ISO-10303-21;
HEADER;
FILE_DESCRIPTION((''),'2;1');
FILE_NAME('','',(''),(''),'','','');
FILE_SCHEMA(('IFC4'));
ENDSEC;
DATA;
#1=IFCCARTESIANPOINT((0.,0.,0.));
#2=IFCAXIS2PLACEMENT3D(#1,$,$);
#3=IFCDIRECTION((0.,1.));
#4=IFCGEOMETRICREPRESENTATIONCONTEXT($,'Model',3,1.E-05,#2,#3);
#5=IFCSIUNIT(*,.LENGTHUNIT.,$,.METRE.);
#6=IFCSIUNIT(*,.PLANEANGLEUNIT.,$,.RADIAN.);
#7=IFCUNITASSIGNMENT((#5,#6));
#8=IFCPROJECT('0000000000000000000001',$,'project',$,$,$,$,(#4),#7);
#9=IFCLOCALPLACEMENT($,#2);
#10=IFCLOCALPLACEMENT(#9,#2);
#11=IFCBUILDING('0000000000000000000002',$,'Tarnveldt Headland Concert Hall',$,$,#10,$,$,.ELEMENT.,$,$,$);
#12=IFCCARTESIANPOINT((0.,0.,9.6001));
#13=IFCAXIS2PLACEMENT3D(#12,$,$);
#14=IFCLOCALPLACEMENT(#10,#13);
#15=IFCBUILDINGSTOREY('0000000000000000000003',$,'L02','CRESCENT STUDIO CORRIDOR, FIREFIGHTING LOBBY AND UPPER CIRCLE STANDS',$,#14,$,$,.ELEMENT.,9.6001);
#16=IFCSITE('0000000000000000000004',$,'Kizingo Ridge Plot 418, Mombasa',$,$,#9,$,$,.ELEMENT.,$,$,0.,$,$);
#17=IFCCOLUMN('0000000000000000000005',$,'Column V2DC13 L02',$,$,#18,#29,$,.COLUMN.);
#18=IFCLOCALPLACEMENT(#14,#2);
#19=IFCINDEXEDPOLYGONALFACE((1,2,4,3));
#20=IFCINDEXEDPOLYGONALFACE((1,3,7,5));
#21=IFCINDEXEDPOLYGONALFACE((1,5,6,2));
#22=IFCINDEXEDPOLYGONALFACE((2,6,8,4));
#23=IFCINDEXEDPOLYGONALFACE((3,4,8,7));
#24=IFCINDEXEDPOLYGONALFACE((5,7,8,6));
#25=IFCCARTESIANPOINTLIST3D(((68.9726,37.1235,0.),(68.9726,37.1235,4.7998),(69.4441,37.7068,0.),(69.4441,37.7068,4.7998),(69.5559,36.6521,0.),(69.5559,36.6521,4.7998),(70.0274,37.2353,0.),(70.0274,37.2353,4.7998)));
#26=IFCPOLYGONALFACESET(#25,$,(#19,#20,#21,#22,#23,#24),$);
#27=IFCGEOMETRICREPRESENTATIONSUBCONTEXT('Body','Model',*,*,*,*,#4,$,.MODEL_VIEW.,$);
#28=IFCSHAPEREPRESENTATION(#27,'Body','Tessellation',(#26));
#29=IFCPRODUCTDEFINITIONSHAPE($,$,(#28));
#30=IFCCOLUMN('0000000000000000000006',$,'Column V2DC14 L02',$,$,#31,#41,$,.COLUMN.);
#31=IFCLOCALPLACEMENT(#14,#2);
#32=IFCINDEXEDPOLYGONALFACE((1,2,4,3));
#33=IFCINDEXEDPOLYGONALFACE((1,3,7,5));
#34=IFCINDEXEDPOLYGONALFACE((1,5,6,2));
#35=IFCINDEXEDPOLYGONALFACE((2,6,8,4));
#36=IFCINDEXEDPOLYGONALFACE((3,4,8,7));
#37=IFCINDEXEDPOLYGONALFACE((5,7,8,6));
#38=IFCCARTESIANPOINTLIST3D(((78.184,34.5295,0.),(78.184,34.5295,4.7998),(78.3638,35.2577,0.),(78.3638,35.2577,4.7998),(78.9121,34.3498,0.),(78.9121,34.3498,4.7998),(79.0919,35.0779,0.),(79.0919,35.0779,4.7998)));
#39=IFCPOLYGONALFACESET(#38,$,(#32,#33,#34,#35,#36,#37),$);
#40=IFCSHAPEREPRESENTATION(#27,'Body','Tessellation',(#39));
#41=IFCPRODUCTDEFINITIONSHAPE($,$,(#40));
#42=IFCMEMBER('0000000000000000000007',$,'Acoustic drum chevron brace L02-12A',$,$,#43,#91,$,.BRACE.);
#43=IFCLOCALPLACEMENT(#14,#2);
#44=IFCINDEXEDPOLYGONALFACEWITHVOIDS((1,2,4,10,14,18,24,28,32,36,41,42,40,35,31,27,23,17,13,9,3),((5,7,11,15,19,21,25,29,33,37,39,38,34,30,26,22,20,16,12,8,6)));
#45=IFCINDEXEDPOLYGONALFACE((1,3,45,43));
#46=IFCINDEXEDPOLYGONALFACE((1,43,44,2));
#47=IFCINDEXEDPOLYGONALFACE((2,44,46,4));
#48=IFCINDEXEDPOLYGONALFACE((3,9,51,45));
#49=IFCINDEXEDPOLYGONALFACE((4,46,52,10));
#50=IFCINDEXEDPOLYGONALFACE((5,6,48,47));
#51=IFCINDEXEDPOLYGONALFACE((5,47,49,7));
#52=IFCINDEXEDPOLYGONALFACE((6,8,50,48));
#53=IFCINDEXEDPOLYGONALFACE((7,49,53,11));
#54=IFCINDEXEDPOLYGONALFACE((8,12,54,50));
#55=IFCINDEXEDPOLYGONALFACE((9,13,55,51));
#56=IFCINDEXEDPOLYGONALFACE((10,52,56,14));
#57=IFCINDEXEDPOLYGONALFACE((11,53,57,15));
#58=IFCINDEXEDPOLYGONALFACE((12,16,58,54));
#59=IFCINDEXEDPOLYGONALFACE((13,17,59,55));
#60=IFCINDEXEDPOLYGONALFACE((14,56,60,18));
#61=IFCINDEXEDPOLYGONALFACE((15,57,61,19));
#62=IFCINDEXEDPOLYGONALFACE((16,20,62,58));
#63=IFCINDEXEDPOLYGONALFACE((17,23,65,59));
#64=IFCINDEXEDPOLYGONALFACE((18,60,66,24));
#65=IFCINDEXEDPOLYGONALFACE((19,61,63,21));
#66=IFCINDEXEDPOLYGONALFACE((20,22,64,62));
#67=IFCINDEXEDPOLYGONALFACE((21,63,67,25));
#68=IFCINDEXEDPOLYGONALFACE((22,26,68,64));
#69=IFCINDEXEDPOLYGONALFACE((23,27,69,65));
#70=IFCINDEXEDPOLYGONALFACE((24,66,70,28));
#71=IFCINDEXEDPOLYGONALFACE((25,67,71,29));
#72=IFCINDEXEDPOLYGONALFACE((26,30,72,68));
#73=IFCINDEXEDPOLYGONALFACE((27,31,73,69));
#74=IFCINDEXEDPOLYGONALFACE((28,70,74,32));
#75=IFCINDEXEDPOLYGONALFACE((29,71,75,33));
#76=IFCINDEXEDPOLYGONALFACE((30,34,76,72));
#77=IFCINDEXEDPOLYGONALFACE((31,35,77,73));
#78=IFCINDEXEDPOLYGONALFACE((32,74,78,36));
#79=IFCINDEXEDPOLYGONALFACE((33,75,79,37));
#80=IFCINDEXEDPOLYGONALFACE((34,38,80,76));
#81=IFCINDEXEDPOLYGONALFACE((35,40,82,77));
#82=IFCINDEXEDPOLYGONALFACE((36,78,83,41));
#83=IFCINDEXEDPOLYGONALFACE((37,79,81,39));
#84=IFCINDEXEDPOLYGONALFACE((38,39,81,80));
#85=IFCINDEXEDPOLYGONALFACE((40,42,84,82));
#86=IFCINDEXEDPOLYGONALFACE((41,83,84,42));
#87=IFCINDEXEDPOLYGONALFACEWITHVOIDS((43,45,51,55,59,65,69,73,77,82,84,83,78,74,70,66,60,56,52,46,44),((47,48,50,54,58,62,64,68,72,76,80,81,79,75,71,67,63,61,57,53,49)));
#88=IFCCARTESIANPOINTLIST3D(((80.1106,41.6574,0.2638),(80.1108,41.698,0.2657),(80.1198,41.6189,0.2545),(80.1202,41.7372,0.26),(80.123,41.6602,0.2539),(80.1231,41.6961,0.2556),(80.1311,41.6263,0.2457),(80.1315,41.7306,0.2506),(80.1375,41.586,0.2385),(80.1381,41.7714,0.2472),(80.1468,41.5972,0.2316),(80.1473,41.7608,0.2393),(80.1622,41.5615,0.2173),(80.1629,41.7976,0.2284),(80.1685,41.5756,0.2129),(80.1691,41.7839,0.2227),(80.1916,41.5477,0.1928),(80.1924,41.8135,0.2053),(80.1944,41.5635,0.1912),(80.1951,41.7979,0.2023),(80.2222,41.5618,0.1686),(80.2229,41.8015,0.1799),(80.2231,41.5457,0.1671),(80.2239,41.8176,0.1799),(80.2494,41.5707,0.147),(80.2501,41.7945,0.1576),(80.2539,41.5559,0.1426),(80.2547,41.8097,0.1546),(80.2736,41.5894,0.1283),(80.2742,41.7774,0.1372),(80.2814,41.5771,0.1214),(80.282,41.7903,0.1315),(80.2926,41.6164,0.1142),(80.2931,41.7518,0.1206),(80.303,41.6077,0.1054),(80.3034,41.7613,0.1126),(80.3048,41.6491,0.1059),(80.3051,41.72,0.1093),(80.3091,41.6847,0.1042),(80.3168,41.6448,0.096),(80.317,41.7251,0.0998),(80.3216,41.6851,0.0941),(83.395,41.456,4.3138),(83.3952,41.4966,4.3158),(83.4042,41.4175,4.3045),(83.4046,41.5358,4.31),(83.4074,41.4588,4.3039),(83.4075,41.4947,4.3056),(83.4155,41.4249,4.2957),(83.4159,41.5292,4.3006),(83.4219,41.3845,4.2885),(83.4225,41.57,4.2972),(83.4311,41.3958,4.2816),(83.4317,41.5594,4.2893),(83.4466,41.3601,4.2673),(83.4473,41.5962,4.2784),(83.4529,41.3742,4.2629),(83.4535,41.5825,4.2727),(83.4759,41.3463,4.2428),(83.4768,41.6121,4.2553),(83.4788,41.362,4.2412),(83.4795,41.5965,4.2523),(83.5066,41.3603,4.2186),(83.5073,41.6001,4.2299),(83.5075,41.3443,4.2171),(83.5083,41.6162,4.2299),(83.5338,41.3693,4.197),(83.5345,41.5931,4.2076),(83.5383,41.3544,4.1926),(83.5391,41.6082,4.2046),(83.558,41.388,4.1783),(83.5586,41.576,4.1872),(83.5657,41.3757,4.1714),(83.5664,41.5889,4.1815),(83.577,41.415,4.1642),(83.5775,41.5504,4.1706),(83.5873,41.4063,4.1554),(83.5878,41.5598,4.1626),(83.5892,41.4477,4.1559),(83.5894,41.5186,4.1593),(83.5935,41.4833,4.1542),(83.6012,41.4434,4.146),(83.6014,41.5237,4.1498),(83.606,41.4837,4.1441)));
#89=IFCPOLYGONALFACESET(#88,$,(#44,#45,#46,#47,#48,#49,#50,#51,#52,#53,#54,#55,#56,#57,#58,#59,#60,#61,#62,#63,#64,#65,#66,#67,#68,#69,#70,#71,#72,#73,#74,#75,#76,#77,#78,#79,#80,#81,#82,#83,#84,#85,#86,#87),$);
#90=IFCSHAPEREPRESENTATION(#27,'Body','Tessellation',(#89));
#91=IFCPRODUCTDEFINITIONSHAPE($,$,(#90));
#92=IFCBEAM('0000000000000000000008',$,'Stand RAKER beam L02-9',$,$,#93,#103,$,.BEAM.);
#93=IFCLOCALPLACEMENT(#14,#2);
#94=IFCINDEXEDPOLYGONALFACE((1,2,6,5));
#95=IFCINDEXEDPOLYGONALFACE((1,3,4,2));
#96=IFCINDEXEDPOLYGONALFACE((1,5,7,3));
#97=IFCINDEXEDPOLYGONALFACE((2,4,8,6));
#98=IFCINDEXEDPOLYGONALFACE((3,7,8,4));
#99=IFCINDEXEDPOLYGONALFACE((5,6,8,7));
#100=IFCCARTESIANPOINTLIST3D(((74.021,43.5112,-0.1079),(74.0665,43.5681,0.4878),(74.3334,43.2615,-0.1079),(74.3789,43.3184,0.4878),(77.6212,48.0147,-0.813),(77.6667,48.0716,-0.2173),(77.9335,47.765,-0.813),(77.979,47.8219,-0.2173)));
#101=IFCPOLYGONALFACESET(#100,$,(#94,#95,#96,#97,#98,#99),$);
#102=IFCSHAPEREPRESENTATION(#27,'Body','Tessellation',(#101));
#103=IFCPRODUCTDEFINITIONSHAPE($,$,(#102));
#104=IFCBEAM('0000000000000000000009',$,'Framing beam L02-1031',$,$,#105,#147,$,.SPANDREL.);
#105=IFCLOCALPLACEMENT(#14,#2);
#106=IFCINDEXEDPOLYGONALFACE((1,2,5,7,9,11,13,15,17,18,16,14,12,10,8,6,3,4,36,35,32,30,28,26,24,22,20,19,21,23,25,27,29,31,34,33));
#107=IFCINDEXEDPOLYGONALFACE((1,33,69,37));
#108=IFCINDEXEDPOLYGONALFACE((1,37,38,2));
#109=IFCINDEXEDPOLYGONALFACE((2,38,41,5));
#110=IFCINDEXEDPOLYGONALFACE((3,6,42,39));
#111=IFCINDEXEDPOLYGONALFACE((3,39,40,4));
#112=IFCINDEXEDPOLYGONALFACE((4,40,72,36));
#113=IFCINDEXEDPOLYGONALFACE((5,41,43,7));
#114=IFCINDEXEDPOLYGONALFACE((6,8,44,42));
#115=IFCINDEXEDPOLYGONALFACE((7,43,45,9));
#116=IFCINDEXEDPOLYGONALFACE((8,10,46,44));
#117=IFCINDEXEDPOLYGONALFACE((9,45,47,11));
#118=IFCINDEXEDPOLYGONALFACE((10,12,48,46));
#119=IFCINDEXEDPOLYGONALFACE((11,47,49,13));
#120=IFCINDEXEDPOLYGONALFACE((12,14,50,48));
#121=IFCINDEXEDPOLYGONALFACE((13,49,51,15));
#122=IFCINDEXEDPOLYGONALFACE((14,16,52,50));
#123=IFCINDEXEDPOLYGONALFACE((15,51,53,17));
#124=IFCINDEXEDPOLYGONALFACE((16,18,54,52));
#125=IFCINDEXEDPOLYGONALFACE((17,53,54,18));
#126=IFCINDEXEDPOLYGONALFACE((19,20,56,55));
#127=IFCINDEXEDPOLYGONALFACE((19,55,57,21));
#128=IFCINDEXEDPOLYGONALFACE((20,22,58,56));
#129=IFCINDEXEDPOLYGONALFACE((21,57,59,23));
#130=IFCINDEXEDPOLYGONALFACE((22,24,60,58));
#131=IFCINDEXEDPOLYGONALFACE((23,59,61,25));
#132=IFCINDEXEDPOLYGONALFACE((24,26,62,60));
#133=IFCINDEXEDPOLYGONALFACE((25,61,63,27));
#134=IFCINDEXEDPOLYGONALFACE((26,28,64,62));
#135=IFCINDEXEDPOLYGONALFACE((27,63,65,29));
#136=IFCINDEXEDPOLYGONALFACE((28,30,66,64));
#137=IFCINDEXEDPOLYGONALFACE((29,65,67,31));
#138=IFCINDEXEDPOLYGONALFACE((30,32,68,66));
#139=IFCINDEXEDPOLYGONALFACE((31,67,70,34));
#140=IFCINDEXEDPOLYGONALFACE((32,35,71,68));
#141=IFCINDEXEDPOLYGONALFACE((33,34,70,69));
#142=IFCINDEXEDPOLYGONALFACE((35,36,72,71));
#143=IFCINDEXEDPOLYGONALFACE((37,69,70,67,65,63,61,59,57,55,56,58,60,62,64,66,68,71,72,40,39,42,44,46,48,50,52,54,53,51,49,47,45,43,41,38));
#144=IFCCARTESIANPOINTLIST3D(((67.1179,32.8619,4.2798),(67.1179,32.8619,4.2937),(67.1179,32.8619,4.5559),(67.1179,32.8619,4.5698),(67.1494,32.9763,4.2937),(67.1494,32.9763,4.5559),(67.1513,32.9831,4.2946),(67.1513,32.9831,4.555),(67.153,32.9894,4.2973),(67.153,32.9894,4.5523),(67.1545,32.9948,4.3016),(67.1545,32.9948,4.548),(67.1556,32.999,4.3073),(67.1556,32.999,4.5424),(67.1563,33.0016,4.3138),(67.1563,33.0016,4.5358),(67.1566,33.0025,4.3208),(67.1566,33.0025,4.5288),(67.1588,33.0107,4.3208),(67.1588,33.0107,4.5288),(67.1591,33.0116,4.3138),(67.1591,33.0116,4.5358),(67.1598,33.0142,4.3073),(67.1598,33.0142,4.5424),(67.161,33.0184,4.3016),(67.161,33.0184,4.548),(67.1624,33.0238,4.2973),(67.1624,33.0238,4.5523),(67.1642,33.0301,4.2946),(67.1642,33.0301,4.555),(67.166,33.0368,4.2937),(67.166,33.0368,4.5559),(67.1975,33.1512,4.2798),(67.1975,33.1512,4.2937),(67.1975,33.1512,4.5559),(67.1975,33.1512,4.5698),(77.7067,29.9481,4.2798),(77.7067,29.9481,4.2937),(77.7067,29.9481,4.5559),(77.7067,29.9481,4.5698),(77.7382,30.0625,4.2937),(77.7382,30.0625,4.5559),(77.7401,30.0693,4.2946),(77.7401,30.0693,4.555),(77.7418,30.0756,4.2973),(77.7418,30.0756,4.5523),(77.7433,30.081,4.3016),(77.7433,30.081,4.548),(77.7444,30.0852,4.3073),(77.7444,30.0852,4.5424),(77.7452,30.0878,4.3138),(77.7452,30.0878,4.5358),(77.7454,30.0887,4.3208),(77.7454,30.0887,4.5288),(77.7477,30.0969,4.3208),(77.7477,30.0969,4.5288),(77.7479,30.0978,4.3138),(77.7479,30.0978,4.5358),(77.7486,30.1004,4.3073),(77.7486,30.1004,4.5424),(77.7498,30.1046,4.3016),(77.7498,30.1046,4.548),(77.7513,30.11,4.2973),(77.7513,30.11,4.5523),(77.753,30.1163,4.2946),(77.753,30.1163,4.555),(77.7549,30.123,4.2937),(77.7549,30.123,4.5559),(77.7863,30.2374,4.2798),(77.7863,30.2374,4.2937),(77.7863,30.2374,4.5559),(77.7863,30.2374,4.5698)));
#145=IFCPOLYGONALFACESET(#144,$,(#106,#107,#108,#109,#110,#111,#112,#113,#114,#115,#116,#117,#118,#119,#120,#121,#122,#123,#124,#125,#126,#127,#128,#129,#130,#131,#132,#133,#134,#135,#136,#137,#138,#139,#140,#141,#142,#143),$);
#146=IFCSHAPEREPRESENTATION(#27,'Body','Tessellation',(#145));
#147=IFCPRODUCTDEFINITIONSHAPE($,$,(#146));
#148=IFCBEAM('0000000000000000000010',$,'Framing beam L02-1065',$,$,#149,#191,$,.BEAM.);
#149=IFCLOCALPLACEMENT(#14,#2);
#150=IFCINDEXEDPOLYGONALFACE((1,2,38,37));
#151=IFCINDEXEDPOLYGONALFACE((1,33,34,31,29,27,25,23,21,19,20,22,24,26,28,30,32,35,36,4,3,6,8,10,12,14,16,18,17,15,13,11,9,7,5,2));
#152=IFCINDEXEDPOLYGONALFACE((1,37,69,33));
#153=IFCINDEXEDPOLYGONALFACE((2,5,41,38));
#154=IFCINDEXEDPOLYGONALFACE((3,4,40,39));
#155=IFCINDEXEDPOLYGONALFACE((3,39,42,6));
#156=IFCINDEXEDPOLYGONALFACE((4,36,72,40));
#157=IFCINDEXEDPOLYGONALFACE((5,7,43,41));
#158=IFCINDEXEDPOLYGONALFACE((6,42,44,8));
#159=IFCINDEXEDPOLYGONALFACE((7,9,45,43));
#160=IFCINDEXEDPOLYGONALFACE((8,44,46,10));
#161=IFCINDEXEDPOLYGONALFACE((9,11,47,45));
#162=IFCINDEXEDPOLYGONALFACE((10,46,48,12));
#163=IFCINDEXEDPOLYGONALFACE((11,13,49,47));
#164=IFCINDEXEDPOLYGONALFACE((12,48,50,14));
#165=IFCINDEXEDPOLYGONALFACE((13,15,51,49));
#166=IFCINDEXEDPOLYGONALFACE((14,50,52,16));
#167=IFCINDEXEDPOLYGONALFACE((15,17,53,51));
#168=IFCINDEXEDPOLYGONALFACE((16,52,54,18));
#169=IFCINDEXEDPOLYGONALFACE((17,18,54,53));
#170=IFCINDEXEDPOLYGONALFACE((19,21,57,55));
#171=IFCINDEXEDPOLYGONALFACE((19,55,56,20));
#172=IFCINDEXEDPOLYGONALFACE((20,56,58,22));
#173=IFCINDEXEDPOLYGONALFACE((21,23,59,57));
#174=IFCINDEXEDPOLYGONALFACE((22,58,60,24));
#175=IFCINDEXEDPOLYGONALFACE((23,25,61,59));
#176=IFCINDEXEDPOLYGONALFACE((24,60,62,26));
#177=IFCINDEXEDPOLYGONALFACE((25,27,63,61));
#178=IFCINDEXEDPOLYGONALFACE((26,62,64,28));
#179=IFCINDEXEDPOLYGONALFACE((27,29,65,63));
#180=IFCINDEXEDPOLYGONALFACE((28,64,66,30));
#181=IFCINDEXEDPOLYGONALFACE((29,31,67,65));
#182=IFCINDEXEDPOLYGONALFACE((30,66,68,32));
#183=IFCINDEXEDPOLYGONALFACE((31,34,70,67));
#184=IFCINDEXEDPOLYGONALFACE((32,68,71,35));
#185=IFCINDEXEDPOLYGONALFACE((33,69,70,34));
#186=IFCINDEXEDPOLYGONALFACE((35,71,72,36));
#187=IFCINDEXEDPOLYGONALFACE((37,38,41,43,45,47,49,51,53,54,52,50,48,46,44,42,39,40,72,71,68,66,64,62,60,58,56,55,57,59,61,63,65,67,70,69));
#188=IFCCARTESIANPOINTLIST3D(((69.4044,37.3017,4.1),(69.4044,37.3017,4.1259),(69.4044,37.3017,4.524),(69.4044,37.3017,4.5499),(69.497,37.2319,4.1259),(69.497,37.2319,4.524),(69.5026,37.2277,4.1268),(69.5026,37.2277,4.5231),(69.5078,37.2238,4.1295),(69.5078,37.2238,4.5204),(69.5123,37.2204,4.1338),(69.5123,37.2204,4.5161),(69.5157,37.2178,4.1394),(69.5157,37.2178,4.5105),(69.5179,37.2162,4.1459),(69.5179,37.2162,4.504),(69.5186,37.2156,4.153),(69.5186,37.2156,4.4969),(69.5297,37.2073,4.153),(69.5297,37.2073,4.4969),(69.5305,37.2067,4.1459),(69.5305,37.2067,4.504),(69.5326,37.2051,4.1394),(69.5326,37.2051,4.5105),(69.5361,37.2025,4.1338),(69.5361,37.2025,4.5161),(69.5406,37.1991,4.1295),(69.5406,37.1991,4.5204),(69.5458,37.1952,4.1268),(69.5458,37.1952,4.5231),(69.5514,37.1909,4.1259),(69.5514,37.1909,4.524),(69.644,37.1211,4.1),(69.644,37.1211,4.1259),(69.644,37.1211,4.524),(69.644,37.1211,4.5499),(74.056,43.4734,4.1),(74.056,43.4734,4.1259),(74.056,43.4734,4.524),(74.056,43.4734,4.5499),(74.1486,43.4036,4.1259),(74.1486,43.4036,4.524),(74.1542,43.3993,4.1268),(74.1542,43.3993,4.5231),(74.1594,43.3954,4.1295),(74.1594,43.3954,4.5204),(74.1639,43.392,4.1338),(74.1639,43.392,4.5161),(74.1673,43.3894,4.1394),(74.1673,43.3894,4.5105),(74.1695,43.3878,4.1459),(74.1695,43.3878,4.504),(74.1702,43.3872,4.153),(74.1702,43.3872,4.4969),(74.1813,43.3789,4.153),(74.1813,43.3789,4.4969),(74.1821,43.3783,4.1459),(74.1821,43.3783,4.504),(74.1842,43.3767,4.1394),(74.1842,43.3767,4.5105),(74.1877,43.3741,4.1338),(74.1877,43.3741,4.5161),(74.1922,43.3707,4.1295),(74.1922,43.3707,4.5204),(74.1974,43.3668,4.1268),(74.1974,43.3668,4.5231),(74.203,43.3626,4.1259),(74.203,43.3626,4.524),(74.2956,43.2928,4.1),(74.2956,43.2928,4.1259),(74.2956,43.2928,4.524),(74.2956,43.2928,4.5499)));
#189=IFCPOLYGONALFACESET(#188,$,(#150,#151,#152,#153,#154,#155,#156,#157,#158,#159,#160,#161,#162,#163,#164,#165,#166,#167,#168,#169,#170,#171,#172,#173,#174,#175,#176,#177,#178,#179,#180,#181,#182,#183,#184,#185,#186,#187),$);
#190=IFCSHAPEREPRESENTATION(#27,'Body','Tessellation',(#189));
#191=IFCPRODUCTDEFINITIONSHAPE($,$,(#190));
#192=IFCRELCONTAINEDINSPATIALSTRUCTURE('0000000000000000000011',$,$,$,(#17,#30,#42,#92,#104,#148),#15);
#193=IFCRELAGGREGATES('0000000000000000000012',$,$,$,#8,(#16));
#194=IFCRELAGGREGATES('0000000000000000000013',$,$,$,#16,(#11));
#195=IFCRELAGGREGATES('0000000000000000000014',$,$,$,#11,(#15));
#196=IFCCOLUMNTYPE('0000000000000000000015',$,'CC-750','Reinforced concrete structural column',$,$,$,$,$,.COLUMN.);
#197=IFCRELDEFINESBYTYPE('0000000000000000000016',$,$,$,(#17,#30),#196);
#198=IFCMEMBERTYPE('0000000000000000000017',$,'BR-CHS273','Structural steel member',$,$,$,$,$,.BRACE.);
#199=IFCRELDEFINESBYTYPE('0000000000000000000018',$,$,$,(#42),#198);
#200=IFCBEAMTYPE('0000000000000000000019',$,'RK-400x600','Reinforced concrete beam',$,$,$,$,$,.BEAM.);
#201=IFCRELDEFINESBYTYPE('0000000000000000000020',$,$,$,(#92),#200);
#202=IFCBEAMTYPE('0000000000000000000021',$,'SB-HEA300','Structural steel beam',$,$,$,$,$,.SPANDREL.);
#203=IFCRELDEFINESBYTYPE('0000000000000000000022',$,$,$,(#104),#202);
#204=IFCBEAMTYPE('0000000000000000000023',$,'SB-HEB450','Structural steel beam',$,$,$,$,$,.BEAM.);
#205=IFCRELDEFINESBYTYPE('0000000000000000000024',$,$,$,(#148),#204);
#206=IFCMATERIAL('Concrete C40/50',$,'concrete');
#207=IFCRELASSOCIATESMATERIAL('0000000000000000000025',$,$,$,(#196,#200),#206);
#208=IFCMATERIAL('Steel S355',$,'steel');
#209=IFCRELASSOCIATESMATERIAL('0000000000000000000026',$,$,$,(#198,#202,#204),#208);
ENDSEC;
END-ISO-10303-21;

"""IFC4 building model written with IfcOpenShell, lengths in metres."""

from ifc_helpers import new_model, si_unit, direction, frame, origin, origin_2d, place, context, subcontext, project, spatial, rectangle, hollow_circle, i_section, extrude, material, material_profile, profile_set, type_object, element, save


model = new_model("IFC4")

# Units and contexts
model_context = context("Model", 3, precision=1e-05, world=origin(), true_north=direction((0.0, 1.0)))
body_context = subcontext(model_context, "Body", "Model", "MODEL_VIEW")
ifc_project = project(units=[si_unit("LENGTHUNIT", "METRE"), si_unit("PLANEANGLEUNIT", "RADIAN")], contexts=[model_context])

# Site, building, storey
site_placement = place(None, origin())
site = spatial("IfcSite", under=ifc_project, at=site_placement, Name="Kizingo Ridge Plot 418, Mombasa", CompositionType="ELEMENT", RefElevation=0.0)
building_placement = place(site_placement, origin())
building = spatial("IfcBuilding", under=site, at=building_placement, Name="Tarnveldt Headland Concert Hall", CompositionType="ELEMENT")
storey_placement = place(building_placement, frame((0.0, 0.0, 9.6001)))
storey = spatial("IfcBuildingStorey", under=building, at=storey_placement, Name="L02", Description="CRESCENT STUDIO CORRIDOR, FIREFIGHTING LOBBY AND UPPER CIRCLE STANDS", CompositionType="ELEMENT", Elevation=9.6001)

# Columns
ifc_material_1 = material(Name="Concrete C40/50", Category="concrete")
ifc_material_profile_1 = material_profile(ifc_material_1, rectangle(XDim=0.75, YDim=0.75, at=origin_2d()), Name="RC 750x750", Category="concrete")
ifc_profile_set_1 = profile_set([ifc_material_profile_1], Name="Concrete C40/50")
column_type_1 = type_object("IfcColumnType", Name="CC-750", Description="Reinforced concrete structural column", PredefinedType="COLUMN", material=ifc_profile_set_1)
for number, where, z_axis, x_axis, name in (
    (1, (69.5, 37.1794, 0.0), (0.0, 0.0, 1.0), (-0.628642, -0.777695, 0.0), "Column V2DC13 L02"),
    (2, (78.6379, 34.8037, 0.0), (0.0, 0.0, 1.0), (-0.23972, -0.970842, 0.0), "Column V2DC14 L02"),
):
    element("IfcColumn", number, at=place(storey_placement, frame(where, z_axis=z_axis, x_axis=x_axis)), inside=storey, type_object=column_type_1, Name=name, PredefinedType="COLUMN", context=body_context, shape_type="SweptSolid", body=[
        extrude(rectangle(XDim=0.75, YDim=0.75, at=origin_2d()), origin(), (0.0, 0.0, 1.0), 4.7998),
    ])

# Member
ifc_material_2 = material(Name="Steel S355", Category="steel")
ifc_material_profile_2 = material_profile(ifc_material_2, hollow_circle(Radius=0.1365, WallThickness=0.0161, at=origin_2d()), Name="CHS 273x16", Category="steel")
ifc_profile_set_2 = profile_set([ifc_material_profile_2], Name="Steel S355")
member_type_1 = type_object("IfcMemberType", Name="BR-CHS273", Description="Structural steel member", PredefinedType="BRACE", material=ifc_profile_set_2)
member_1_placement = place(storey_placement, frame((80.2156, 41.6814, 0.1799), z_axis=(0.629402, -0.038598, 0.776121), x_axis=(0.06121, 0.998125, 0.0)))
element("IfcMember", 3, at=member_1_placement, inside=storey, type_object=member_type_1, Name="Acoustic drum chevron brace L02-12A", PredefinedType="BRACE", context=body_context, shape_type="SweptSolid", body=[
    extrude(hollow_circle(Radius=0.1365, WallThickness=0.0161, at=origin_2d()), origin(), (0.0, 0.0, 1.0), 5.2183),
])

# Beams
ifc_material_profile_3 = material_profile(ifc_material_1, rectangle(XDim=0.3999, YDim=0.6001, at=origin_2d()), Name="RAKER RC 400x600", Category="concrete")
ifc_profile_set_3 = profile_set([ifc_material_profile_3], Name="Concrete C40/50")
beam_type_1 = type_object("IfcBeamType", Name="RK-400x600", Description="Reinforced concrete beam", PredefinedType="BEAM", material=ifc_profile_set_3)
beam_1_placement = place(storey_placement, frame((74.2, 43.4148, 0.1899), z_axis=(0.619799, 0.775316, -0.121387), x_axis=(-0.781092, 0.624416, 0.0)))
element("IfcBeam", 4, at=beam_1_placement, inside=storey, type_object=beam_type_1, Name="Stand RAKER beam L02-9", PredefinedType="BEAM", context=body_context, shape_type="SweptSolid", body=[
    extrude(rectangle(XDim=0.3999, YDim=0.6001, at=origin_2d()), origin(), (0.0, 0.0, 1.0), 5.8086),
])
ifc_material_profile_4 = material_profile(ifc_material_2, i_section(OverallWidth=0.3, OverallDepth=0.29, WebThickness=0.0085, FlangeThickness=0.0139, FilletRadius=0.0271, at=origin_2d()), Name="HEA300", Category="steel")
ifc_profile_set_4 = profile_set([ifc_material_profile_4], Name="Steel S355")
beam_type_2 = type_object("IfcBeamType", Name="SB-HEA300", Description="Structural steel beam", PredefinedType="SPANDREL", material=ifc_profile_set_4)
beam_2_placement = place(storey_placement, frame((67.1577, 33.0066, 4.4248), z_axis=(0.964162, -0.265316, 0.0), x_axis=(0.265316, 0.964162, 0.0)))
element("IfcBeam", 5, at=beam_2_placement, inside=storey, type_object=beam_type_2, Name="Framing beam L02-1031", PredefinedType="SPANDREL", context=body_context, shape_type="SweptSolid", body=[
    extrude(i_section(OverallWidth=0.3, OverallDepth=0.29, WebThickness=0.0085, FlangeThickness=0.0139, FilletRadius=0.0271, at=origin_2d()), origin(), (0.0, 0.0, 1.0), 10.9824),
])
ifc_material_profile_5 = material_profile(ifc_material_2, i_section(OverallWidth=0.3, OverallDepth=0.45, WebThickness=0.0139, FlangeThickness=0.0259, FilletRadius=0.0271, at=origin_2d()), Name="HEB450", Category="steel")
ifc_profile_set_5 = profile_set([ifc_material_profile_5], Name="Steel S355")
beam_type_3 = type_object("IfcBeamType", Name="SB-HEB450", Description="Structural steel beam", PredefinedType="BEAM", material=ifc_profile_set_5)
beam_3_placement = place(storey_placement, frame((74.1758, 43.3831, 4.325), z_axis=(-0.601894, -0.798576, 0.0), x_axis=(0.798576, -0.601894, 0.0)))
element("IfcBeam", 6, at=beam_3_placement, inside=storey, type_object=beam_type_3, Name="Framing beam L02-1065", PredefinedType="BEAM", context=body_context, shape_type="SweptSolid", body=[
    extrude(i_section(OverallWidth=0.3, OverallDepth=0.45, WebThickness=0.0139, FlangeThickness=0.0259, FilletRadius=0.0271, at=origin_2d()), origin(), (0.0, 0.0, 1.0), 7.7283),
])

save(model, "model.ifc")
